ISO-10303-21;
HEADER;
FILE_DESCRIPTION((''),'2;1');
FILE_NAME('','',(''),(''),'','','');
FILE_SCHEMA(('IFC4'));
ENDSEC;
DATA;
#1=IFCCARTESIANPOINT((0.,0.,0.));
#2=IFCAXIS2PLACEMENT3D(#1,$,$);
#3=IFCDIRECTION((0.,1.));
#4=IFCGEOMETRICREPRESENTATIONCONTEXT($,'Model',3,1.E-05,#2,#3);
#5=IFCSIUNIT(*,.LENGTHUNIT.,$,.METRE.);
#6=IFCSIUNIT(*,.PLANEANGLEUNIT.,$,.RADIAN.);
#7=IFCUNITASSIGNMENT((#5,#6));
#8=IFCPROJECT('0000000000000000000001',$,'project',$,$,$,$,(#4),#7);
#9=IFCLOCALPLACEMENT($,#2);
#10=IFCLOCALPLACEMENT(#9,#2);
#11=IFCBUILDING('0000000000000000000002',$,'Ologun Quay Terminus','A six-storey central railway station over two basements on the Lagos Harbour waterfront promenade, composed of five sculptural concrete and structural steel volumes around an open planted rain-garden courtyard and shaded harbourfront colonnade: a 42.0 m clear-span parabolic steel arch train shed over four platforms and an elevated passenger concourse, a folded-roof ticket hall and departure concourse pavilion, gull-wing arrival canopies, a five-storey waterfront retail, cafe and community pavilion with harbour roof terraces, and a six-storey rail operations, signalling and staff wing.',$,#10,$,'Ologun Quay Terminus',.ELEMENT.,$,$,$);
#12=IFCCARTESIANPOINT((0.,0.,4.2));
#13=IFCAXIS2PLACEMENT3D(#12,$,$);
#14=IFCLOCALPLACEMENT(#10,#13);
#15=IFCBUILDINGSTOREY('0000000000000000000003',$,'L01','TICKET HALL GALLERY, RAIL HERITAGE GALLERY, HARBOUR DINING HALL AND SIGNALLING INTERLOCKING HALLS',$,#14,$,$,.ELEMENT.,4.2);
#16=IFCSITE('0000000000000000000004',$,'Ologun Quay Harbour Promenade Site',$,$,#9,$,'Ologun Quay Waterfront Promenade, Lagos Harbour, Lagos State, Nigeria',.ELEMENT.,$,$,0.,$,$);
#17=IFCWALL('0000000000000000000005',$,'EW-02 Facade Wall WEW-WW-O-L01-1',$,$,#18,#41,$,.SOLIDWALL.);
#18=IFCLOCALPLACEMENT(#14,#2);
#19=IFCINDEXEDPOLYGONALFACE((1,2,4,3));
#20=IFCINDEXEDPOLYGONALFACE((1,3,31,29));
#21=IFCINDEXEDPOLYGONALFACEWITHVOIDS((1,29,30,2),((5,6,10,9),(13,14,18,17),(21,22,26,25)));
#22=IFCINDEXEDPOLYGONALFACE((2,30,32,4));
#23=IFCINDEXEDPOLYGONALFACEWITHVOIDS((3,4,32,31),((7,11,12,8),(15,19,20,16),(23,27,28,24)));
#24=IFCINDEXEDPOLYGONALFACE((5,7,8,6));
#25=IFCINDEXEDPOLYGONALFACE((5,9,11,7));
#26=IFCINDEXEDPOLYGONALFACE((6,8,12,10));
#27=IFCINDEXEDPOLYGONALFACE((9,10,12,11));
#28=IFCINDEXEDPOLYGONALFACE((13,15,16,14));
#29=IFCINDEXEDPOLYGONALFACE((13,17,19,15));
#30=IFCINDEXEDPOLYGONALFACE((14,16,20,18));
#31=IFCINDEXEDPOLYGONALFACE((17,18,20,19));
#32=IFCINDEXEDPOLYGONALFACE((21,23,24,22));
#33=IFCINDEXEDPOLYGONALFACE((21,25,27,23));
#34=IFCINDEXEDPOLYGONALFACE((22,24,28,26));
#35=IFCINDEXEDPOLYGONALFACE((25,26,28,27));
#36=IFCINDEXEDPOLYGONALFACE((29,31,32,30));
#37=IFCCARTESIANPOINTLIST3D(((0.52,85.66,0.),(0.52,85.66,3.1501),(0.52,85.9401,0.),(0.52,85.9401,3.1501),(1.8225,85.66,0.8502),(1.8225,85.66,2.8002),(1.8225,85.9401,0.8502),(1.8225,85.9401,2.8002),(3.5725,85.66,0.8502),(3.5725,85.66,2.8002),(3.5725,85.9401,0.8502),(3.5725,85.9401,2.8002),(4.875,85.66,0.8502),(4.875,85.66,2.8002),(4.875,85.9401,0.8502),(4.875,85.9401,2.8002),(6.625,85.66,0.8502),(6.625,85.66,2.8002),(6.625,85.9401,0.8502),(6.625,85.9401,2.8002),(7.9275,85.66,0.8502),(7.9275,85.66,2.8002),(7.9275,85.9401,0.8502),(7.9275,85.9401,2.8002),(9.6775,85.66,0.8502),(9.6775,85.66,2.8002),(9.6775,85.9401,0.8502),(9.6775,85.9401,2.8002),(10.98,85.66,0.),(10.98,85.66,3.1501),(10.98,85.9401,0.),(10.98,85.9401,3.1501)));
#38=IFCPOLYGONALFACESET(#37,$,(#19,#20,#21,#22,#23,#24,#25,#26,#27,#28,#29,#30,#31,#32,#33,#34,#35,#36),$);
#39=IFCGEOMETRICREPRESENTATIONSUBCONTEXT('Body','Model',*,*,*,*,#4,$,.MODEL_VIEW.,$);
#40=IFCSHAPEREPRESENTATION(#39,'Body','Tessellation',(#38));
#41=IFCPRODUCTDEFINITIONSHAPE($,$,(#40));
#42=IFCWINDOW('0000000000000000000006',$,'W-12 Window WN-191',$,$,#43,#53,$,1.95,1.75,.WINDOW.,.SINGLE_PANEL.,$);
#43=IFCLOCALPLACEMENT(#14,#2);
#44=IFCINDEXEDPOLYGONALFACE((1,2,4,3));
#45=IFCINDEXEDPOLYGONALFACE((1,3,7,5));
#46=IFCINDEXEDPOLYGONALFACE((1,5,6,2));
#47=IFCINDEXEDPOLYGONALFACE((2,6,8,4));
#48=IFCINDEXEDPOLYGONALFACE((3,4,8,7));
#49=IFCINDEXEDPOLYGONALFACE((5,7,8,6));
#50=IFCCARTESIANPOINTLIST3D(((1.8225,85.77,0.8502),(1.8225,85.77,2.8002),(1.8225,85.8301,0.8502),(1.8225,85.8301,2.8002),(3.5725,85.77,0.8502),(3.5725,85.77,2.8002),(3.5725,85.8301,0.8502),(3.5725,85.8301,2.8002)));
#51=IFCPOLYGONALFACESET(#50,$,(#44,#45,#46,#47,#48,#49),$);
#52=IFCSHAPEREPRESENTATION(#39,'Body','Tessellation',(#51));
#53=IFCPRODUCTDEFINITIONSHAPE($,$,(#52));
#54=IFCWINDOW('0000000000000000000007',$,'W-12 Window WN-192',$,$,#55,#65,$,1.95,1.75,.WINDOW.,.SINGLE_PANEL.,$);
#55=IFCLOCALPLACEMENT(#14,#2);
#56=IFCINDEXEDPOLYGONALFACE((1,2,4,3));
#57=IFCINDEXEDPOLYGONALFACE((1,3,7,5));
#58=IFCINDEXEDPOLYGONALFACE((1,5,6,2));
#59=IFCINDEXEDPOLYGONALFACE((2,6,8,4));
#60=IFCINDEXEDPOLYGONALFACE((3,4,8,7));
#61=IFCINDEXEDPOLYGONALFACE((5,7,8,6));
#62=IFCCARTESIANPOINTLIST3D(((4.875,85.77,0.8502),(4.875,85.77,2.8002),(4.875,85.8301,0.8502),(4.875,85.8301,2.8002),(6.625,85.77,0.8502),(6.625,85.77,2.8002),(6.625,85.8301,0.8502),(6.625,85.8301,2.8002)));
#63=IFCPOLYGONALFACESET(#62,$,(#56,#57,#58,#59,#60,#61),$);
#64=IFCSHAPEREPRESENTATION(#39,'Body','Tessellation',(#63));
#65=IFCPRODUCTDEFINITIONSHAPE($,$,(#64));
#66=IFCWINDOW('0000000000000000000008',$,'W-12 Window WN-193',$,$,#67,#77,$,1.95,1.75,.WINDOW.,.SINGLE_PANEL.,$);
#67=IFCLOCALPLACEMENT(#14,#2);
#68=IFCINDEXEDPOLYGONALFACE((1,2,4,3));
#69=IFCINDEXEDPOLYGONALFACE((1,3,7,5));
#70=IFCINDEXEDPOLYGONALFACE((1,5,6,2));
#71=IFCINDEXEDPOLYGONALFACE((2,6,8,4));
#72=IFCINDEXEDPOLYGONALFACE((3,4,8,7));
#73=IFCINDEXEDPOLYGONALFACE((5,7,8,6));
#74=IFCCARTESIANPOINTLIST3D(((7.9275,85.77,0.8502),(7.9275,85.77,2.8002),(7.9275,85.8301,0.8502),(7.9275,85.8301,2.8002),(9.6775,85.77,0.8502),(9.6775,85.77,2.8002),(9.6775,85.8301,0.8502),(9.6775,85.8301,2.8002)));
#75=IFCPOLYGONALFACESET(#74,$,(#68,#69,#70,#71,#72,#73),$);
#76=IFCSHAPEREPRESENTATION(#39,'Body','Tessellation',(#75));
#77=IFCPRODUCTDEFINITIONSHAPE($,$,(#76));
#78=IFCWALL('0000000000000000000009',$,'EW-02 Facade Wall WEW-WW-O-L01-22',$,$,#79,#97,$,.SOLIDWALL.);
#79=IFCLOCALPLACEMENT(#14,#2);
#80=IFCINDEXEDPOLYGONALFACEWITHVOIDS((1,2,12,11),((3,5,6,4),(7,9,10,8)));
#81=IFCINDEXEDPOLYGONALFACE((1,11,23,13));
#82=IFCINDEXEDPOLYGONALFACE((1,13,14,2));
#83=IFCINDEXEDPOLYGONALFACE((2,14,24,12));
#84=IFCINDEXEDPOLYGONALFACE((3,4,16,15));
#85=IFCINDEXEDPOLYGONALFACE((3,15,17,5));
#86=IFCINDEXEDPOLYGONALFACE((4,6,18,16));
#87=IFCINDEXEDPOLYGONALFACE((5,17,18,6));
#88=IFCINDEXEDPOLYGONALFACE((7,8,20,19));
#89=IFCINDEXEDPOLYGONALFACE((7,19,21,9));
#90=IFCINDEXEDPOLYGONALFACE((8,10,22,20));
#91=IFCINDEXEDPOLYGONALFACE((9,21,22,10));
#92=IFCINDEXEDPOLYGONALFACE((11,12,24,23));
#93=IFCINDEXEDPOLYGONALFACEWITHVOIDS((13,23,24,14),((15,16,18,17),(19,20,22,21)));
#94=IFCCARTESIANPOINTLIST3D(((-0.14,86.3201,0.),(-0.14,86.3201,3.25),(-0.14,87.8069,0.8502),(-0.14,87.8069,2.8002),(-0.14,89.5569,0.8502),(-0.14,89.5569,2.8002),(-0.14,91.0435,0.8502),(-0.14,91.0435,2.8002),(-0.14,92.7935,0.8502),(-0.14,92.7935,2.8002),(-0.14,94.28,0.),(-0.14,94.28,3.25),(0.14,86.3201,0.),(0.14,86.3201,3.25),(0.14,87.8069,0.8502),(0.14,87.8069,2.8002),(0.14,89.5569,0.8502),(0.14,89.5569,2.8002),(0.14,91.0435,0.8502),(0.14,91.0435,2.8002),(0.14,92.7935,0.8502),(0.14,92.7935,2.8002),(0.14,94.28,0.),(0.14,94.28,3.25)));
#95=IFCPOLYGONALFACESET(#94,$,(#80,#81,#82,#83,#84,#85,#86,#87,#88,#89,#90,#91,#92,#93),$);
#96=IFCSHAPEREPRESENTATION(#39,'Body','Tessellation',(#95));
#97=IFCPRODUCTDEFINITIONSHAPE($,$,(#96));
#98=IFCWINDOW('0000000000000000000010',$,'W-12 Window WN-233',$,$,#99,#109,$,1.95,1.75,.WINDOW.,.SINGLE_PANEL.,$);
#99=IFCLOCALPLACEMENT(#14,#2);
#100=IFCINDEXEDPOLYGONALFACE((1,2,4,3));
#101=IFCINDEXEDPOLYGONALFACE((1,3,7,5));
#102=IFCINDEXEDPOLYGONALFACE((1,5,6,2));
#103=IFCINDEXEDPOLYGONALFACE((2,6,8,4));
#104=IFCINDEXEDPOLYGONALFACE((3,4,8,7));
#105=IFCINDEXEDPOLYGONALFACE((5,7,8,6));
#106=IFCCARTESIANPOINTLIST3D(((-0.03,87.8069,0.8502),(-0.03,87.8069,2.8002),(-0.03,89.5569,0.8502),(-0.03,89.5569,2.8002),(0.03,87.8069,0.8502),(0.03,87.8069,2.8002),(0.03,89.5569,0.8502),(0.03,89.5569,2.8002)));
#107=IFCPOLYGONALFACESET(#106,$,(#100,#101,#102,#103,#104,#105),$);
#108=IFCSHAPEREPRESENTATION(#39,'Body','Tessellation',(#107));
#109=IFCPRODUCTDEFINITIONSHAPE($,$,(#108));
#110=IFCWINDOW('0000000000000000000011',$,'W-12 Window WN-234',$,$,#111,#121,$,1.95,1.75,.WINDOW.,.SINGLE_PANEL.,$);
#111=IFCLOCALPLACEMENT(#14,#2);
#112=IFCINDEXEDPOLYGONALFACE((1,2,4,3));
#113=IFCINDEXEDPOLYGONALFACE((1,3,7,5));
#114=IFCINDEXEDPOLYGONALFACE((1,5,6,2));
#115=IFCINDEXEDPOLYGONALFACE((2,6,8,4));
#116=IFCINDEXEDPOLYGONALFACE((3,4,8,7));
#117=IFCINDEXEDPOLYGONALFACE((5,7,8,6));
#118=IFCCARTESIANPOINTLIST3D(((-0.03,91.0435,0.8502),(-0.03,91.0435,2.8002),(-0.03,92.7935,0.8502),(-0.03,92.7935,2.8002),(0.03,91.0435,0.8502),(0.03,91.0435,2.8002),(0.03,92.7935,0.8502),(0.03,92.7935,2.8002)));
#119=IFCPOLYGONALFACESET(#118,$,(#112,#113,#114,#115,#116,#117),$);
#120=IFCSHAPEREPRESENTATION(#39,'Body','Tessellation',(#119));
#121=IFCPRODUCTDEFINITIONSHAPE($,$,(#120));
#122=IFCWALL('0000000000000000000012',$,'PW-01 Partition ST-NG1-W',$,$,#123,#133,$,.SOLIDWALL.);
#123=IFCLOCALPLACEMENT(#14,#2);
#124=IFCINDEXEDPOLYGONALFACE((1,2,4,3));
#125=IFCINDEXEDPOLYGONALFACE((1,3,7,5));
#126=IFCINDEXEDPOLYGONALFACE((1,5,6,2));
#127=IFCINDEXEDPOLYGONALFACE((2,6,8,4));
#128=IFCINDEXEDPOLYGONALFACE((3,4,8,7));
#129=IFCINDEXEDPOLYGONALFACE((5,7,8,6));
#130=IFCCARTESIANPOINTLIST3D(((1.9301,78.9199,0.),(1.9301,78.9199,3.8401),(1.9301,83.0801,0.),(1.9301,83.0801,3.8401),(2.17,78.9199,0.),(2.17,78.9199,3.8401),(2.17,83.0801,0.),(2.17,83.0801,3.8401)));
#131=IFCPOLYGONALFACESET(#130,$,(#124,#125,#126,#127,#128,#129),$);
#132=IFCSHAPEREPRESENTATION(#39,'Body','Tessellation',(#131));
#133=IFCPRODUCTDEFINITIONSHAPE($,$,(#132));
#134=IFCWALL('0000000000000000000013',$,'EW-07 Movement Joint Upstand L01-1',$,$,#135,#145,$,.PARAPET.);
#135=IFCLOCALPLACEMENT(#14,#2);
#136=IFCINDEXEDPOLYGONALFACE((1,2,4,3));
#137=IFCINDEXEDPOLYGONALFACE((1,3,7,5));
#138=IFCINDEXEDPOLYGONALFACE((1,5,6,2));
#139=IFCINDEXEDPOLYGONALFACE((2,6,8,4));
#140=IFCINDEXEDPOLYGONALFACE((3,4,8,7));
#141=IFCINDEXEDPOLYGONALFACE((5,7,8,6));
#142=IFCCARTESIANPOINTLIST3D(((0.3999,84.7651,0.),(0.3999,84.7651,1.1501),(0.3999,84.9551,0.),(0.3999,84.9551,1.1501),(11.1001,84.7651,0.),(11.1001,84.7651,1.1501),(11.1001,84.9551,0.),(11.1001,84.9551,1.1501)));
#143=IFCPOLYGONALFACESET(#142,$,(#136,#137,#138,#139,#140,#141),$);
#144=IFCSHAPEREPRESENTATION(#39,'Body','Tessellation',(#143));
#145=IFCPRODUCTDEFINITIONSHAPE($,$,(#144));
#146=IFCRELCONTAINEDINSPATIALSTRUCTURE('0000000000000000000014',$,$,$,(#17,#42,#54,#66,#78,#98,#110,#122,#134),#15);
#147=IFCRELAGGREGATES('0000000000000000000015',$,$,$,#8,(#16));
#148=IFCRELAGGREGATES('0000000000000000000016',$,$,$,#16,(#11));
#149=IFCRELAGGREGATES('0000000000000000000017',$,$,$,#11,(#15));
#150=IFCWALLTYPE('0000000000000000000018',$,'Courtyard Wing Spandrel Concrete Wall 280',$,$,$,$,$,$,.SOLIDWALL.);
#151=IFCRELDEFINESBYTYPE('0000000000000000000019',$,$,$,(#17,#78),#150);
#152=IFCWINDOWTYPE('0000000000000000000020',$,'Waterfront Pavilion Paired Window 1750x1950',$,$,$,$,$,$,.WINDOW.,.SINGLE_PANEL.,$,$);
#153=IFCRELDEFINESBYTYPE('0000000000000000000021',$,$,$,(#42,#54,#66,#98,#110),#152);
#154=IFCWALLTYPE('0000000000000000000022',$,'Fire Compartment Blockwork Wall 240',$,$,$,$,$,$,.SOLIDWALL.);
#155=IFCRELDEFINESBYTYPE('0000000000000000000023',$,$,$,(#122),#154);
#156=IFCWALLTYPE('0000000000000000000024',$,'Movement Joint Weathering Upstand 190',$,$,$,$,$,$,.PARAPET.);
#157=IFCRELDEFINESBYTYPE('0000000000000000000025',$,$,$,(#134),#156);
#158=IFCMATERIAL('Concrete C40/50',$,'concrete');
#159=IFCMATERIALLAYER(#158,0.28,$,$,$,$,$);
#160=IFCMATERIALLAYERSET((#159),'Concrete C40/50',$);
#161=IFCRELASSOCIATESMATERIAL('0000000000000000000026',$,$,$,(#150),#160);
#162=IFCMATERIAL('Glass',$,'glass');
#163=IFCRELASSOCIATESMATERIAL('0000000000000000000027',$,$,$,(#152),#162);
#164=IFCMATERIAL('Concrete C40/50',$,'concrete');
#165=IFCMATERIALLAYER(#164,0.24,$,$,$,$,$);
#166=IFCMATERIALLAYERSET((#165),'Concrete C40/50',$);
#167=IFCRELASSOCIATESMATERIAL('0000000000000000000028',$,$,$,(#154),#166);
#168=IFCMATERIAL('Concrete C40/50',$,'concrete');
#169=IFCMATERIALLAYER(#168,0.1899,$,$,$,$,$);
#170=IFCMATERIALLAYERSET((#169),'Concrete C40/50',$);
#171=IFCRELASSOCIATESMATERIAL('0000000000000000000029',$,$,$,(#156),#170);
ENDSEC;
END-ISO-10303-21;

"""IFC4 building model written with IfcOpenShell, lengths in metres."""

from ifc_helpers import new_model, si_unit, direction, frame, frame_2d, origin, place, context, subcontext, project, spatial, rectangle, extrude, material, layer, layer_set, type_object, element, fill, save


model = new_model("IFC4")

# Units and contexts
model_context = context("Model", 3, precision=1e-05, world=origin(), true_north=direction((0.0, 1.0)))
body_context = subcontext(model_context, "Body", "Model", "MODEL_VIEW")
ifc_project = project(units=[si_unit("LENGTHUNIT", "METRE"), si_unit("PLANEANGLEUNIT", "RADIAN")], contexts=[model_context])

# Site, building, storey
site_placement = place(None, origin())
site = spatial("IfcSite", under=ifc_project, at=site_placement, Name="Ologun Quay Harbour Promenade Site", LongName="Ologun Quay Waterfront Promenade, Lagos Harbour, Lagos State, Nigeria", CompositionType="ELEMENT", RefElevation=0.0)
building_placement = place(site_placement, origin())
building = spatial("IfcBuilding", under=site, at=building_placement, Name="Ologun Quay Terminus", Description="A six-storey central railway station over two basements on the Lagos Harbour waterfront promenade, composed of five sculptural concrete and structural steel volumes around an open planted rain-garden courtyard and shaded harbourfront colonnade: a 42.0 m clear-span parabolic steel arch train shed over four platforms and an elevated passenger concourse, a folded-roof ticket hall and departure concourse pavilion, gull-wing arrival canopies, a five-storey waterfront retail, cafe and community pavilion with harbour roof terraces, and a six-storey rail operations, signalling and staff wing.", LongName="Ologun Quay Terminus", CompositionType="ELEMENT")
storey_placement = place(building_placement, frame((0.0, 0.0, 4.2)))
storey = spatial("IfcBuildingStorey", under=building, at=storey_placement, Name="L01", Description="TICKET HALL GALLERY, RAIL HERITAGE GALLERY, HARBOUR DINING HALL AND SIGNALLING INTERLOCKING HALLS", CompositionType="ELEMENT", Elevation=4.2)

# Walls, openings, windows
ifc_material_1 = material(Name="Concrete C40/50", Category="concrete")
ifc_layer_1 = layer(ifc_material_1, 0.28)
ifc_layer_set_1 = layer_set([ifc_layer_1], Name="Concrete C40/50")
wall_type_1 = type_object("IfcWallType", Name="Courtyard Wing Spandrel Concrete Wall 280", PredefinedType="SOLIDWALL", material=ifc_layer_set_1)
wall_1_placement = place(storey_placement, frame((0.52, 85.8, 0.0), z_axis=(0.0, 0.0, 1.0), x_axis=(1.0, 0.0, 0.0)))
wall_1 = element("IfcWall", 1, at=wall_1_placement, inside=storey, type_object=wall_type_1, Name="EW-02 Facade Wall WEW-WW-O-L01-1", PredefinedType="SOLIDWALL", context=body_context, shape_type="SweptSolid", body=[
    extrude(rectangle(XDim=10.46, YDim=0.28, at=frame_2d((5.23, 0.0))), origin(), (0.0, 0.0, 1.0), 3.1501),
])
opening_1_placement = place(wall_1_placement, frame((1.3025, 0.0, 0.8501)))
opening_1 = element("IfcOpeningElement", 2, at=opening_1_placement, cuts=wall_1, PredefinedType="OPENING", context=body_context, shape_type="SweptSolid", body=[
    extrude(rectangle(XDim=1.75, YDim=1.95, at=frame_2d((0.875, 0.9751))), frame((0.0, 0.1499, 0.0), z_axis=(0.0, -1.0, 0.0), x_axis=(1.0, 0.0, 0.0)), (0.0, 0.0, 1.0), 0.3),
])
opening_2_placement = place(wall_1_placement, frame((4.355, 0.0, 0.8501)))
opening_2 = element("IfcOpeningElement", 3, at=opening_2_placement, cuts=wall_1, PredefinedType="OPENING", context=body_context, shape_type="SweptSolid", body=[
    extrude(rectangle(XDim=1.75, YDim=1.95, at=frame_2d((0.875, 0.9751))), frame((0.0, 0.1499, 0.0), z_axis=(0.0, -1.0, 0.0), x_axis=(1.0, 0.0, 0.0)), (0.0, 0.0, 1.0), 0.3),
])
opening_3_placement = place(wall_1_placement, frame((7.4075, 0.0, 0.8501)))
opening_3 = element("IfcOpeningElement", 4, at=opening_3_placement, cuts=wall_1, PredefinedType="OPENING", context=body_context, shape_type="SweptSolid", body=[
    extrude(rectangle(XDim=1.75, YDim=1.95, at=frame_2d((0.875, 0.9751))), frame((0.0, 0.1499, 0.0), z_axis=(0.0, -1.0, 0.0), x_axis=(1.0, 0.0, 0.0)), (0.0, 0.0, 1.0), 0.3),
])
ifc_material_2 = material(Name="Glass", Category="glass")
window_type_1 = type_object("IfcWindowType", Name="Waterfront Pavilion Paired Window 1750x1950", PartitioningType="SINGLE_PANEL", PredefinedType="WINDOW", material=ifc_material_2)
window_1_placement = place(opening_1_placement, origin())
window_1 = element("IfcWindow", 5, at=window_1_placement, inside=storey, type_object=window_type_1, Name="W-12 Window WN-191", OverallHeight=1.95, OverallWidth=1.75, PartitioningType="SINGLE_PANEL", PredefinedType="WINDOW", context=body_context, shape_type="SweptSolid", body=[
    extrude(rectangle(XDim=1.75, YDim=1.95, at=frame_2d((0.875, 0.9751))), frame((0.0, 0.03, 0.0), z_axis=(0.0, -1.0, 0.0), x_axis=(1.0, 0.0, 0.0)), (0.0, 0.0, 1.0), 0.0601),
])
fill(opening_1, window_1)
window_2_placement = place(opening_2_placement, origin())
window_2 = element("IfcWindow", 6, at=window_2_placement, inside=storey, type_object=window_type_1, Name="W-12 Window WN-192", OverallHeight=1.95, OverallWidth=1.75, PartitioningType="SINGLE_PANEL", PredefinedType="WINDOW", context=body_context, shape_type="SweptSolid", body=[
    extrude(rectangle(XDim=1.75, YDim=1.95, at=frame_2d((0.875, 0.9751))), frame((0.0, 0.03, 0.0), z_axis=(0.0, -1.0, 0.0), x_axis=(1.0, 0.0, 0.0)), (0.0, 0.0, 1.0), 0.0601),
])
fill(opening_2, window_2)
window_3_placement = place(opening_3_placement, origin())
window_3 = element("IfcWindow", 7, at=window_3_placement, inside=storey, type_object=window_type_1, Name="W-12 Window WN-193", OverallHeight=1.95, OverallWidth=1.75, PartitioningType="SINGLE_PANEL", PredefinedType="WINDOW", context=body_context, shape_type="SweptSolid", body=[
    extrude(rectangle(XDim=1.75, YDim=1.95, at=frame_2d((0.875, 0.9751))), frame((0.0, 0.03, 0.0), z_axis=(0.0, -1.0, 0.0), x_axis=(1.0, 0.0, 0.0)), (0.0, 0.0, 1.0), 0.0601),
])
fill(opening_3, window_3)
wall_2_placement = place(storey_placement, frame((0.0, 86.3201, 0.0), z_axis=(0.0, 0.0, 1.0), x_axis=(0.0, 1.0, 0.0)))
wall_2 = element("IfcWall", 8, at=wall_2_placement, inside=storey, type_object=wall_type_1, Name="EW-02 Facade Wall WEW-WW-O-L01-22", PredefinedType="SOLIDWALL", context=body_context, shape_type="SweptSolid", body=[
    extrude(rectangle(XDim=7.96, YDim=0.28, at=frame_2d((3.98, 0.0))), origin(), (0.0, 0.0, 1.0), 3.25),
])
opening_4_placement = place(wall_2_placement, frame((1.4868, 0.0, 0.8501)))
opening_4 = element("IfcOpeningElement", 9, at=opening_4_placement, cuts=wall_2, PredefinedType="OPENING", context=body_context, shape_type="SweptSolid", body=[
    extrude(rectangle(XDim=1.75, YDim=1.95, at=frame_2d((0.875, 0.9751))), frame((0.0, 0.1499, 0.0), z_axis=(0.0, -1.0, 0.0), x_axis=(1.0, 0.0, 0.0)), (0.0, 0.0, 1.0), 0.3),
])
opening_5_placement = place(wall_2_placement, frame((4.7234, 0.0, 0.8501)))
opening_5 = element("IfcOpeningElement", 10, at=opening_5_placement, cuts=wall_2, PredefinedType="OPENING", context=body_context, shape_type="SweptSolid", body=[
    extrude(rectangle(XDim=1.75, YDim=1.95, at=frame_2d((0.875, 0.9751))), frame((0.0, 0.1499, 0.0), z_axis=(0.0, -1.0, 0.0), x_axis=(1.0, 0.0, 0.0)), (0.0, 0.0, 1.0), 0.3),
])
window_4_placement = place(opening_4_placement, origin())
window_4 = element("IfcWindow", 11, at=window_4_placement, inside=storey, type_object=window_type_1, Name="W-12 Window WN-233", OverallHeight=1.95, OverallWidth=1.75, PartitioningType="SINGLE_PANEL", PredefinedType="WINDOW", context=body_context, shape_type="SweptSolid", body=[
    extrude(rectangle(XDim=1.75, YDim=1.95, at=frame_2d((0.875, 0.9751))), frame((0.0, 0.03, 0.0), z_axis=(0.0, -1.0, 0.0), x_axis=(1.0, 0.0, 0.0)), (0.0, 0.0, 1.0), 0.0601),
])
fill(opening_4, window_4)
window_5_placement = place(opening_5_placement, origin())
window_5 = element("IfcWindow", 12, at=window_5_placement, inside=storey, type_object=window_type_1, Name="W-12 Window WN-234", OverallHeight=1.95, OverallWidth=1.75, PartitioningType="SINGLE_PANEL", PredefinedType="WINDOW", context=body_context, shape_type="SweptSolid", body=[
    extrude(rectangle(XDim=1.75, YDim=1.95, at=frame_2d((0.875, 0.9751))), frame((0.0, 0.03, 0.0), z_axis=(0.0, -1.0, 0.0), x_axis=(1.0, 0.0, 0.0)), (0.0, 0.0, 1.0), 0.0601),
])
fill(opening_5, window_5)

# Walls
ifc_material_3 = material(Name="Concrete C40/50", Category="concrete")
ifc_layer_2 = layer(ifc_material_3, 0.24)
ifc_layer_set_2 = layer_set([ifc_layer_2], Name="Concrete C40/50")
wall_type_2 = type_object("IfcWallType", Name="Fire Compartment Blockwork Wall 240", PredefinedType="SOLIDWALL", material=ifc_layer_set_2)
wall_3_placement = place(storey_placement, frame((2.05, 78.9199, 0.0), z_axis=(0.0, 0.0, 1.0), x_axis=(0.0, 1.0, 0.0)))
element("IfcWall", 13, at=wall_3_placement, inside=storey, type_object=wall_type_2, Name="PW-01 Partition ST-NG1-W", PredefinedType="SOLIDWALL", context=body_context, shape_type="SweptSolid", body=[
    extrude(rectangle(XDim=4.1602, YDim=0.24, at=frame_2d((2.0801, 0.0))), origin(), (0.0, 0.0, 1.0), 3.8401),
])
ifc_material_4 = material(Name="Concrete C40/50", Category="concrete")
ifc_layer_3 = layer(ifc_material_4, 0.1899)
ifc_layer_set_3 = layer_set([ifc_layer_3], Name="Concrete C40/50")
wall_type_3 = type_object("IfcWallType", Name="Movement Joint Weathering Upstand 190", PredefinedType="PARAPET", material=ifc_layer_set_3)
wall_4_placement = place(storey_placement, frame((0.3999, 84.8601, 0.0), z_axis=(0.0, 0.0, 1.0), x_axis=(1.0, 0.0, 0.0)))
element("IfcWall", 14, at=wall_4_placement, inside=storey, type_object=wall_type_3, Name="EW-07 Movement Joint Upstand L01-1", PredefinedType="PARAPET", context=body_context, shape_type="SweptSolid", body=[
    extrude(rectangle(XDim=10.7002, YDim=0.1899, at=frame_2d((5.3501, 0.0))), origin(), (0.0, 0.0, 1.0), 1.1501),
])

save(model, "model.ifc")
